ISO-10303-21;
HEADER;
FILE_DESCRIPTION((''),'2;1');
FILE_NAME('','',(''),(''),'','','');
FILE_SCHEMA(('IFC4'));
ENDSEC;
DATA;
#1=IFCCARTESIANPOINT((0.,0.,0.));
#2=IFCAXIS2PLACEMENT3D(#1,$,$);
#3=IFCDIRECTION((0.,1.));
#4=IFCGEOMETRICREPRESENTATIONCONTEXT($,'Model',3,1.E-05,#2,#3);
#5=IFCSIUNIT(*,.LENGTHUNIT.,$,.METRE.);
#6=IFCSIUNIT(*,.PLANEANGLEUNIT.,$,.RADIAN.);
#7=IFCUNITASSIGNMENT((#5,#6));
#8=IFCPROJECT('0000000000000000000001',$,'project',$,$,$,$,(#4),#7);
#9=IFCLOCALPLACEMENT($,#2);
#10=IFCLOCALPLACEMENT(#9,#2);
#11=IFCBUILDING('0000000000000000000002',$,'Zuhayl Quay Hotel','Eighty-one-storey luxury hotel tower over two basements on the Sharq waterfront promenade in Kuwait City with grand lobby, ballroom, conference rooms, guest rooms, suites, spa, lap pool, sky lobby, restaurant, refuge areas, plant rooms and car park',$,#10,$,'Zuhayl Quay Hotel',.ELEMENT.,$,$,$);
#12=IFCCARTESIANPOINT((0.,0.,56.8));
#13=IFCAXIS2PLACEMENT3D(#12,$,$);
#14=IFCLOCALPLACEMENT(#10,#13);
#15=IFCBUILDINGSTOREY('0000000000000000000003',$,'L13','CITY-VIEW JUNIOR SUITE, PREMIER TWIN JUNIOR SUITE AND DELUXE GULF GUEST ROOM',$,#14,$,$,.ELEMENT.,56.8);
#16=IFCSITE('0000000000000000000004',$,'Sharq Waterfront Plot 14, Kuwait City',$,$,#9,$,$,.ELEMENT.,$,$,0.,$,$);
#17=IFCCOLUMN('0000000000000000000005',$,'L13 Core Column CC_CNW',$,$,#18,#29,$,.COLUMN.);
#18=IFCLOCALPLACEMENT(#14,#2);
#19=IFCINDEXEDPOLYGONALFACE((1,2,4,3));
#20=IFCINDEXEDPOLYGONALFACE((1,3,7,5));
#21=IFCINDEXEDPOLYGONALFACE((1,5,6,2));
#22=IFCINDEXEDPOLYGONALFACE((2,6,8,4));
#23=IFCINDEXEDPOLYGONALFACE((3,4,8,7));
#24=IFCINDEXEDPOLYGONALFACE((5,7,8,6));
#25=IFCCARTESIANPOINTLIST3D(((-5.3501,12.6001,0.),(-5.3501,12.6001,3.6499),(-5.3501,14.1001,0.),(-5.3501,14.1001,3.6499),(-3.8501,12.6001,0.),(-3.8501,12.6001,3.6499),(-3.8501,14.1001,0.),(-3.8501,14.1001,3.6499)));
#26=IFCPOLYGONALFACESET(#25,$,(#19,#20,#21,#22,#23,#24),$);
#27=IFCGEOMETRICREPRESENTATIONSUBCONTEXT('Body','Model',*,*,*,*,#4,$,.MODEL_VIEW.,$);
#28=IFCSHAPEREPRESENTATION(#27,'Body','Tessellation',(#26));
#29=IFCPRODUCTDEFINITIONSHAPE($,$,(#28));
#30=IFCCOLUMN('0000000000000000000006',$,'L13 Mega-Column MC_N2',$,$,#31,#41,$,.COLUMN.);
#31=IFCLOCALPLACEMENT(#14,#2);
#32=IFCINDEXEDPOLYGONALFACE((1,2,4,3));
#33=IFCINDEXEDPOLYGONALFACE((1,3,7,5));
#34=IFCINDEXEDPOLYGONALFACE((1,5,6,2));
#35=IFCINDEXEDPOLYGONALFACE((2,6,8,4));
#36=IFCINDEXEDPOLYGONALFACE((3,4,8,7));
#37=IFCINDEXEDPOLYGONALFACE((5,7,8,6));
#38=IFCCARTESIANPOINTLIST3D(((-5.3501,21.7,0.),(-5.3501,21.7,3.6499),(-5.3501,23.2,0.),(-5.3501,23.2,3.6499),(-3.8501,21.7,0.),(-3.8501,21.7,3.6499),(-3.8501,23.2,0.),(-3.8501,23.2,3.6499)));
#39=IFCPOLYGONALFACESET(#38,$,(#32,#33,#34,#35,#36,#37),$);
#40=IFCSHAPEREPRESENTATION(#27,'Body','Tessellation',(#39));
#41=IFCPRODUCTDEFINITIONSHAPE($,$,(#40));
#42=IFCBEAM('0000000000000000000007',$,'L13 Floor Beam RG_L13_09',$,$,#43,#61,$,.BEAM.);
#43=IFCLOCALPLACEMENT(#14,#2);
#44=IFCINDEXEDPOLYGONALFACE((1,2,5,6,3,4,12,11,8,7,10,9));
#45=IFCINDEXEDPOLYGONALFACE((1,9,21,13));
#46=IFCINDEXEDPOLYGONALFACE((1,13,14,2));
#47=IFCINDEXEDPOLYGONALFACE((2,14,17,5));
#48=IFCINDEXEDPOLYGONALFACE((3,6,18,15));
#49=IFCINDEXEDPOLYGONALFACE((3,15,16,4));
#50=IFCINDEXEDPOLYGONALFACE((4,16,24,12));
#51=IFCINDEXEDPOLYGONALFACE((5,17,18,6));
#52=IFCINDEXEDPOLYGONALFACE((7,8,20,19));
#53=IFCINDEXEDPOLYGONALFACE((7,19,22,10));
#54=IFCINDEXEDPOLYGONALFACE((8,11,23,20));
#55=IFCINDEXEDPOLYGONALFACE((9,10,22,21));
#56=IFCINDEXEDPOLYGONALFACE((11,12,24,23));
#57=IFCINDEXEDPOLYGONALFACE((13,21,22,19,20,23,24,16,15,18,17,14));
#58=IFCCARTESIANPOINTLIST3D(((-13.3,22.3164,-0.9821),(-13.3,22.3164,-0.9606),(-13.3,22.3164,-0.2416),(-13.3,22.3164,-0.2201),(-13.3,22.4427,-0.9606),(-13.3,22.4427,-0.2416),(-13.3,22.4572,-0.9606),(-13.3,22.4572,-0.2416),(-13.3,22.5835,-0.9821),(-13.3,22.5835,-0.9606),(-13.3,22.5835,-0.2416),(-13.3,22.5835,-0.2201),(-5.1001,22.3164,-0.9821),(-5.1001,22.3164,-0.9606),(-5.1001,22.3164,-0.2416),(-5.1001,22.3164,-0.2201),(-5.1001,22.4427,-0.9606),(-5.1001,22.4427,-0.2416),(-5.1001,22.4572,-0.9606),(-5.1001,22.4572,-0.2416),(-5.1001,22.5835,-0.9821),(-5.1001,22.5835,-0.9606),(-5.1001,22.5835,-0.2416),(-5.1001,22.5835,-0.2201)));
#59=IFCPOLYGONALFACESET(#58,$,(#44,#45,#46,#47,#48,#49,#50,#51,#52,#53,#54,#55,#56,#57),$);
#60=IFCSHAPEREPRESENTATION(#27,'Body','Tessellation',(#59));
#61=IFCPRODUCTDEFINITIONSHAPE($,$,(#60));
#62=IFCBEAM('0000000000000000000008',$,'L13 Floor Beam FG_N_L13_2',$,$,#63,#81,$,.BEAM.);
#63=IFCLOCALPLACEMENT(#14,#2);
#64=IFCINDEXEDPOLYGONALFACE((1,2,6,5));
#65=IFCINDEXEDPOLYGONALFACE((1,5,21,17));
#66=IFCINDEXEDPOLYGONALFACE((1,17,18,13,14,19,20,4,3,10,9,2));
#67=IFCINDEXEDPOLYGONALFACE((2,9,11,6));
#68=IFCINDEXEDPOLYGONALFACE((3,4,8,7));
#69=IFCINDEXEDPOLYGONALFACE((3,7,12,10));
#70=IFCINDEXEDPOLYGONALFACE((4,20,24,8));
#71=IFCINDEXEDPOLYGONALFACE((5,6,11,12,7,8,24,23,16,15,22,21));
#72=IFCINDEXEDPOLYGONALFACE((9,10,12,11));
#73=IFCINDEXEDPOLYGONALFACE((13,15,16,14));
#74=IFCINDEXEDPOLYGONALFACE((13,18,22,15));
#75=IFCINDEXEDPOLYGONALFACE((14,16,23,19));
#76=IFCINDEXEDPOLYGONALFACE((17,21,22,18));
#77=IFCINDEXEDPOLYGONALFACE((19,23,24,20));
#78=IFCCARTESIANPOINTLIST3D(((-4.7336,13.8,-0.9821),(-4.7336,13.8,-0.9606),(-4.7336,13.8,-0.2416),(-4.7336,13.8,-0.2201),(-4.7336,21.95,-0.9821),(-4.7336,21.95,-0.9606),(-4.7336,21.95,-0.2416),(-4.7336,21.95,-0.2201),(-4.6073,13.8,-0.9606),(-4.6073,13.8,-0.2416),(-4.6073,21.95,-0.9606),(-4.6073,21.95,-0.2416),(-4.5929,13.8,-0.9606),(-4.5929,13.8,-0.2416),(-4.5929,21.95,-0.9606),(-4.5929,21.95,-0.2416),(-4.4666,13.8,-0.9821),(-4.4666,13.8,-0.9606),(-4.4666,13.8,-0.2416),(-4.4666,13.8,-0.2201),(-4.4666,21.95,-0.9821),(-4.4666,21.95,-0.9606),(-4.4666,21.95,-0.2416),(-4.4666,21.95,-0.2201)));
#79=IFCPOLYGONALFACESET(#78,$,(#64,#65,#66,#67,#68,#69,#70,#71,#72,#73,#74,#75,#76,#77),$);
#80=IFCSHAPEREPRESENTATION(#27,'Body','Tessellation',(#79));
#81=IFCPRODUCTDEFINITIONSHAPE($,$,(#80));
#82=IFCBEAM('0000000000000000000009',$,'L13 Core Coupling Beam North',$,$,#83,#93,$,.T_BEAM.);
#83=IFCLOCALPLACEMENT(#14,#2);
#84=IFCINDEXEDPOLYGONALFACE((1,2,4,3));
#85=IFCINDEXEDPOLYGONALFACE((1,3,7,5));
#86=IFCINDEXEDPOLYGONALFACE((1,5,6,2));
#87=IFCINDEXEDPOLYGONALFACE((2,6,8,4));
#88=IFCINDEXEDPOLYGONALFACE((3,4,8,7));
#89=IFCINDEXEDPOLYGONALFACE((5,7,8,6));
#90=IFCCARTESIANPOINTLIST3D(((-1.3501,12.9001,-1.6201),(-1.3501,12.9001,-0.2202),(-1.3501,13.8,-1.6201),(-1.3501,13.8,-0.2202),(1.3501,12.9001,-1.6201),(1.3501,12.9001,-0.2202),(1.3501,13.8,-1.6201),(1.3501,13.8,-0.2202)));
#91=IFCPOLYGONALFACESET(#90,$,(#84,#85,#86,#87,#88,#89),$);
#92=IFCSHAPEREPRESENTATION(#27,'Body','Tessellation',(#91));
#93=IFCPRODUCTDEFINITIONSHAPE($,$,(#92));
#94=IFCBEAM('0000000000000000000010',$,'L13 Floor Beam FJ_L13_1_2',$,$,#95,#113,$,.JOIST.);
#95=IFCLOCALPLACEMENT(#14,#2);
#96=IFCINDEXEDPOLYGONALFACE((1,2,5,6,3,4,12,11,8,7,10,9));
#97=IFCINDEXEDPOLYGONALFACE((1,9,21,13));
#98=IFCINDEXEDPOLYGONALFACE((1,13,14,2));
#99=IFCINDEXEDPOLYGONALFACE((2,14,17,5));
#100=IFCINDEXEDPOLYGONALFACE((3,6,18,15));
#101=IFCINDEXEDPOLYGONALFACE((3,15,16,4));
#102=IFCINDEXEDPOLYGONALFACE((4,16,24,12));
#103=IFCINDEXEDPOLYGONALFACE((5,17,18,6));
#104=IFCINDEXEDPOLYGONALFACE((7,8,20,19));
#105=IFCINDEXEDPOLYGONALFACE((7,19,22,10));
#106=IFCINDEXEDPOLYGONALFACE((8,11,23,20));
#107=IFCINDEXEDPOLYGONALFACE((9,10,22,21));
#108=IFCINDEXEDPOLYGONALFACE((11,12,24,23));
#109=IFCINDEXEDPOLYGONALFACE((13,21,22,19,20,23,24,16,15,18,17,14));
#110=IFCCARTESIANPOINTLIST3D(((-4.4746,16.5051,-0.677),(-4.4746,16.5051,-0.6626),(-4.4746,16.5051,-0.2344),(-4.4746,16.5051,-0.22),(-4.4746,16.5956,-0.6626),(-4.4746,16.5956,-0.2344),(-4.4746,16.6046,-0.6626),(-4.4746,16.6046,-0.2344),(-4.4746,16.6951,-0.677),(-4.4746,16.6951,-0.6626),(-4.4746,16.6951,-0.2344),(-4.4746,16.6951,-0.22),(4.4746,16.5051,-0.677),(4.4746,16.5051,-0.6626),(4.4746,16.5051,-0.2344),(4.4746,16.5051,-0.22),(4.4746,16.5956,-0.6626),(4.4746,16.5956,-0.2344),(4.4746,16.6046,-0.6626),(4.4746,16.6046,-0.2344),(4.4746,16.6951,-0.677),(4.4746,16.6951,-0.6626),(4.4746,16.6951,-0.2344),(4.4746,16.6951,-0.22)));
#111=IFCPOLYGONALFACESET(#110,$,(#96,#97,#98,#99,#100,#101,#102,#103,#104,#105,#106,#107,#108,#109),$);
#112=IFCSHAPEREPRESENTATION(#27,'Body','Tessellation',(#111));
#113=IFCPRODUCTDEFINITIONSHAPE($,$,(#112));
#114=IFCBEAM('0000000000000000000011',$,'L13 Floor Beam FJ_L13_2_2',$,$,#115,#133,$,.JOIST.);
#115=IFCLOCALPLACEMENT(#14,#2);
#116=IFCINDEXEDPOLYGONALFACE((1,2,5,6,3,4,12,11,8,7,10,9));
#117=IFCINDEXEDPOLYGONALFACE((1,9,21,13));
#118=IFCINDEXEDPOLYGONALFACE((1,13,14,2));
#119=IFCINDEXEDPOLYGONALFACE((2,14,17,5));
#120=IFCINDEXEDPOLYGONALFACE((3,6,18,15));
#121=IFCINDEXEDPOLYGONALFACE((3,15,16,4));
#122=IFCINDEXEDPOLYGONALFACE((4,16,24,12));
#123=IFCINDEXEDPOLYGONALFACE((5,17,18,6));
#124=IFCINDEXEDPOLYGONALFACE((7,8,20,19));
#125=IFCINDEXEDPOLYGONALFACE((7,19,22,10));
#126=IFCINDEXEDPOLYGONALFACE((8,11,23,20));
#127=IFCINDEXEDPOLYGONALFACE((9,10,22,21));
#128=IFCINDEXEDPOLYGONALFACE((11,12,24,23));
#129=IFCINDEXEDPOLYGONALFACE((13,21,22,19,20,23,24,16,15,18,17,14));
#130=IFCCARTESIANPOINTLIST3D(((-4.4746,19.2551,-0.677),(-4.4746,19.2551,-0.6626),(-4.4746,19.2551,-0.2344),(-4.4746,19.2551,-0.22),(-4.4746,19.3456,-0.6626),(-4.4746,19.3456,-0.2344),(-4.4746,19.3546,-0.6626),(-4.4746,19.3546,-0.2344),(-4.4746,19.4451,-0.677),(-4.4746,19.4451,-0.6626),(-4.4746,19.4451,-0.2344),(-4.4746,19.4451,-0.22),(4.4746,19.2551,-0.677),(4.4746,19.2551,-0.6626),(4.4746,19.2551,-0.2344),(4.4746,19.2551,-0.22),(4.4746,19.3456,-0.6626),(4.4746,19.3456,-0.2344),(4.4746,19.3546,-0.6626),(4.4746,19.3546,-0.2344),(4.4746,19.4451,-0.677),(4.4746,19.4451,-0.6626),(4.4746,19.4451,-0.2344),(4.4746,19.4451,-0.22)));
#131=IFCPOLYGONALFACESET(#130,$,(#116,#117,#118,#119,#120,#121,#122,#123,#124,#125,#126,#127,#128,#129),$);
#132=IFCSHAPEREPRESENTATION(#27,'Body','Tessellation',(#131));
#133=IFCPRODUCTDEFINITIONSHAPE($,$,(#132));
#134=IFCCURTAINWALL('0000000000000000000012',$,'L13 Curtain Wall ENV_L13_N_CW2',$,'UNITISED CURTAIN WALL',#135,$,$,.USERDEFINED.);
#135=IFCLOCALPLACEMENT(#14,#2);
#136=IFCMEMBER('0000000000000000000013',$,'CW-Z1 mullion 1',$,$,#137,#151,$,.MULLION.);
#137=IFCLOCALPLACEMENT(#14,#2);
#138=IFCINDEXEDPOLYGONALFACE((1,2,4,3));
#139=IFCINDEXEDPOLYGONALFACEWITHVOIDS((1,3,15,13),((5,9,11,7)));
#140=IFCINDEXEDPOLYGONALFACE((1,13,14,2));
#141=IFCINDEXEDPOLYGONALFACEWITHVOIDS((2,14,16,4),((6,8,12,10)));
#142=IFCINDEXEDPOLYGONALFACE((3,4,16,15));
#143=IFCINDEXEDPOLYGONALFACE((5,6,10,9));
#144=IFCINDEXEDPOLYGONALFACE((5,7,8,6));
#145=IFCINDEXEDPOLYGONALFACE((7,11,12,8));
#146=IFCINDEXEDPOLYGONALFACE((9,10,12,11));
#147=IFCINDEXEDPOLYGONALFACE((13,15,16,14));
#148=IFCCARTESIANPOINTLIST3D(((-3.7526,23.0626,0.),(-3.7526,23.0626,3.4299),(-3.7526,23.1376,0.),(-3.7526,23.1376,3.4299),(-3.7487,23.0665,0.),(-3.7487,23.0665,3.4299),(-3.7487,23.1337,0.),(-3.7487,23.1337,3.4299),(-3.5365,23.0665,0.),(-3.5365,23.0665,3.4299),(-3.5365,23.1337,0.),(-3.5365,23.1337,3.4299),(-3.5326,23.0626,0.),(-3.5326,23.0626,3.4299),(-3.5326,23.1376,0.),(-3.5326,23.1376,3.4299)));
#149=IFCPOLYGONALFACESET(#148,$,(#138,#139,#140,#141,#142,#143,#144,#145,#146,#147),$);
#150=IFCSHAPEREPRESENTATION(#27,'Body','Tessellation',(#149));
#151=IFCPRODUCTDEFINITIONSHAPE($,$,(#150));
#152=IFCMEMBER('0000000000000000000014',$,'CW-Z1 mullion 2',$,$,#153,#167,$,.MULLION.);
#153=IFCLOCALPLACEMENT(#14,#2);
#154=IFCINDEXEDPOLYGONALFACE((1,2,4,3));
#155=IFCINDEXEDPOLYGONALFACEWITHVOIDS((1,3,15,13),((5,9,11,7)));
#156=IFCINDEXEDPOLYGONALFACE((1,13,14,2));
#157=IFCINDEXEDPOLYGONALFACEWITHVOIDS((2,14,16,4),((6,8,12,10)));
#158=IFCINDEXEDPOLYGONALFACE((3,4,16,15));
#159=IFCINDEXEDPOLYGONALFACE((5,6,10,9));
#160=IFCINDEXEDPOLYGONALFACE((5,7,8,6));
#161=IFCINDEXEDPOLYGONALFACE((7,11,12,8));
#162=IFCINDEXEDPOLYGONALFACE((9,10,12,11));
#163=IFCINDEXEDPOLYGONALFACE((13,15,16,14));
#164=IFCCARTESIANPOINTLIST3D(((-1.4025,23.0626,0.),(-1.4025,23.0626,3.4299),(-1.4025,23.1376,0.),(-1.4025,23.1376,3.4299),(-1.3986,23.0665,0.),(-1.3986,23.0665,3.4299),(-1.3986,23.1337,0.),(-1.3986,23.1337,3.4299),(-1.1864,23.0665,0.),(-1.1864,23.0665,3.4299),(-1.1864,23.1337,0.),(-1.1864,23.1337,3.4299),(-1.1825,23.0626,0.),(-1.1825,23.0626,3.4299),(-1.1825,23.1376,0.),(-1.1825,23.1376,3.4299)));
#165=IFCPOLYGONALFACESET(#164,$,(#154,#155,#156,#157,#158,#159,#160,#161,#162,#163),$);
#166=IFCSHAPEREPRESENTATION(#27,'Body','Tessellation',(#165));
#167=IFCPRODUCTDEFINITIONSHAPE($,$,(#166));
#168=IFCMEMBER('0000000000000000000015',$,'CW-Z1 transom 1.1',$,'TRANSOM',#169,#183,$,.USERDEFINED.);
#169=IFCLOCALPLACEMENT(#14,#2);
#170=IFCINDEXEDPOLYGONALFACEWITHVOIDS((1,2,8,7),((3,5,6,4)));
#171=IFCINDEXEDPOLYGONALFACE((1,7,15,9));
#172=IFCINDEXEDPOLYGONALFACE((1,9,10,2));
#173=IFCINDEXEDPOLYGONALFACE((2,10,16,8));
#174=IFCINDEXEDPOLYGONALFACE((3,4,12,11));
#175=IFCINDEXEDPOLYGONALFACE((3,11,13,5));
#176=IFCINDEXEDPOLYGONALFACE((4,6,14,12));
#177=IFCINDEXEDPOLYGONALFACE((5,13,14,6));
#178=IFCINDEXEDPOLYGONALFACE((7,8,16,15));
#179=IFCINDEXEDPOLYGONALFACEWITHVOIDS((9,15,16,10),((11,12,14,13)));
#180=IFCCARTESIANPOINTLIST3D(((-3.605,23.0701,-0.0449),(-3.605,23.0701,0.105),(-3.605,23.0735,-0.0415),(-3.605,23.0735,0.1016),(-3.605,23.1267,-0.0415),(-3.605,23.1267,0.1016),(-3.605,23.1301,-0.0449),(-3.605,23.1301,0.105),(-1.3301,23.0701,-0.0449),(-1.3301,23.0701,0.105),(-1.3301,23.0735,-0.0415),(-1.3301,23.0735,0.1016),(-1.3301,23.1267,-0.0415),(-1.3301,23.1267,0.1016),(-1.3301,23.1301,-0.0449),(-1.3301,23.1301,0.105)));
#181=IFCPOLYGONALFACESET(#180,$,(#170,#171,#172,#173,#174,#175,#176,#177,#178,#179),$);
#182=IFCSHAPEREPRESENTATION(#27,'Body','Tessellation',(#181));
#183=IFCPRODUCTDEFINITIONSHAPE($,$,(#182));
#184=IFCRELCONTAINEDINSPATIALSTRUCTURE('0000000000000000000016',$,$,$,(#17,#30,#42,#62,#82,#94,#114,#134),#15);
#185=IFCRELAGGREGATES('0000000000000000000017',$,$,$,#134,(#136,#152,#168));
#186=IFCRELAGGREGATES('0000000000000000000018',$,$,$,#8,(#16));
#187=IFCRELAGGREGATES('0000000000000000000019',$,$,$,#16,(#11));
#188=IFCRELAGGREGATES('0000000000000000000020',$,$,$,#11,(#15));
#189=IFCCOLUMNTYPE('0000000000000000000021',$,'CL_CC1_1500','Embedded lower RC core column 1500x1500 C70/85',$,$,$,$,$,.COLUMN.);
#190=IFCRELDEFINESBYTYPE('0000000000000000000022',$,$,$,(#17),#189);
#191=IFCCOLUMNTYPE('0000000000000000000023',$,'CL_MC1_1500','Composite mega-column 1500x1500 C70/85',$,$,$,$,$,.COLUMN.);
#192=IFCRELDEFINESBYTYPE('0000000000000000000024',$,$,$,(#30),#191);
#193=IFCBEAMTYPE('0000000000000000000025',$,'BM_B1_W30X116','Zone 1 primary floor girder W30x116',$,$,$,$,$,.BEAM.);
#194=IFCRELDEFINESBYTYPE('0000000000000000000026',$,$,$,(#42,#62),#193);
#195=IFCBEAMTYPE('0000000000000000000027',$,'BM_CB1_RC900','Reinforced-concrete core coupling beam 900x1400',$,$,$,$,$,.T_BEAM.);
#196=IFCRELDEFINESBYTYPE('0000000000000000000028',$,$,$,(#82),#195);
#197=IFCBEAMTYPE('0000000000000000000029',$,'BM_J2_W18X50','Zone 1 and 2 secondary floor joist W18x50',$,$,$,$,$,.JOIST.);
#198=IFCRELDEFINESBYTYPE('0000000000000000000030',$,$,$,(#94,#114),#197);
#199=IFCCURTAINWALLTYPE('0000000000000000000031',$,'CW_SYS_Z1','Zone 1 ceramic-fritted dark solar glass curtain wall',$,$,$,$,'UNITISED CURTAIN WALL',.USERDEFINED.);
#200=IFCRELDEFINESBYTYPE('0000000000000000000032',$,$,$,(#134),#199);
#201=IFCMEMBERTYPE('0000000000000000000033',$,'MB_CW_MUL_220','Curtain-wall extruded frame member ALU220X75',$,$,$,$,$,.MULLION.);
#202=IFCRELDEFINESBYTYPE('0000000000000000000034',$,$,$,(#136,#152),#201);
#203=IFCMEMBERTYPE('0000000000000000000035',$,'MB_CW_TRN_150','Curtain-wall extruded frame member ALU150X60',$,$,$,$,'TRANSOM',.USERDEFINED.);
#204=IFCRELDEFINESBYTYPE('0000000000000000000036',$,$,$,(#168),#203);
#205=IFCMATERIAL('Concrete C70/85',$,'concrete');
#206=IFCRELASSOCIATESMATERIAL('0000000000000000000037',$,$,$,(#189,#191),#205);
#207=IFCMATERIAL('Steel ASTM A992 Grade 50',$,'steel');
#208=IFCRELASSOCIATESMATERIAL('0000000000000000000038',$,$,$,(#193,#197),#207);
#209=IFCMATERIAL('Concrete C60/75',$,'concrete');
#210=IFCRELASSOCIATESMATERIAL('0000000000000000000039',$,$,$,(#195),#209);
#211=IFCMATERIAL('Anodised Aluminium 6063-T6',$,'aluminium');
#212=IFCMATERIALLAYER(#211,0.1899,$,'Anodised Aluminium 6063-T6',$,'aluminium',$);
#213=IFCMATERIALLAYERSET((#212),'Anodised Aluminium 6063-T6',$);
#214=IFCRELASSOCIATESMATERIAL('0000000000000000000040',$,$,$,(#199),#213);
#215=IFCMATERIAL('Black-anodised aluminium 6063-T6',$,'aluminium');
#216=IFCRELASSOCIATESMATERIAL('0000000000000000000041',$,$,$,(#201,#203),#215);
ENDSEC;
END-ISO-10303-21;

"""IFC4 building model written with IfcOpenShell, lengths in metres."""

from ifc_helpers import new_model, si_unit, direction, frame, origin, origin_2d, place, context, subcontext, project, spatial, rectangle, hollow_rectangle, i_section, extrude, material, layer, layer_set, material_profile, profile_set, type_object, element, aggregate, save


model = new_model("IFC4")

# Units and contexts
model_context = context("Model", 3, precision=1e-05, world=origin(), true_north=direction((0.0, 1.0)))
body_context = subcontext(model_context, "Body", "Model", "MODEL_VIEW")
ifc_project = project(units=[si_unit("LENGTHUNIT", "METRE"), si_unit("PLANEANGLEUNIT", "RADIAN")], contexts=[model_context])

# Site, building, storey
site_placement = place(None, origin())
site = spatial("IfcSite", under=ifc_project, at=site_placement, Name="Sharq Waterfront Plot 14, Kuwait City", CompositionType="ELEMENT", RefElevation=0.0)
building_placement = place(site_placement, origin())
building = spatial("IfcBuilding", under=site, at=building_placement, Name="Zuhayl Quay Hotel", Description="Eighty-one-storey luxury hotel tower over two basements on the Sharq waterfront promenade in Kuwait City with grand lobby, ballroom, conference rooms, guest rooms, suites, spa, lap pool, sky lobby, restaurant, refuge areas, plant rooms and car park", LongName="Zuhayl Quay Hotel", CompositionType="ELEMENT")
storey_placement = place(building_placement, frame((0.0, 0.0, 56.8)))
storey = spatial("IfcBuildingStorey", under=building, at=storey_placement, Name="L13", Description="CITY-VIEW JUNIOR SUITE, PREMIER TWIN JUNIOR SUITE AND DELUXE GULF GUEST ROOM", CompositionType="ELEMENT", Elevation=56.8)

# Columns
ifc_material_1 = material(Name="Concrete C70/85", Category="concrete")
ifc_material_profile_1 = material_profile(ifc_material_1, rectangle(XDim=1.5, YDim=1.5, at=origin_2d()), Name="RC1500X1500")
ifc_profile_set_1 = profile_set([ifc_material_profile_1], Name="Concrete C70/85")
column_type_1 = type_object("IfcColumnType", Name="CL_CC1_1500", Description="Embedded lower RC core column 1500x1500 C70/85", PredefinedType="COLUMN", material=ifc_profile_set_1)
column_1_placement = place(storey_placement, frame((-4.6001, 13.3501, 0.0), z_axis=(0.0, 0.0, 1.0), x_axis=(1.0, 0.0, 0.0)))
element("IfcColumn", 1, at=column_1_placement, inside=storey, type_object=column_type_1, Name="L13 Core Column CC_CNW", PredefinedType="COLUMN", context=body_context, shape_type="SweptSolid", body=[
    extrude(rectangle(XDim=1.5, YDim=1.5, at=origin_2d()), origin(), (0.0, 0.0, 1.0), 3.6499),
])
ifc_material_profile_2 = material_profile(ifc_material_1, rectangle(XDim=1.5, YDim=1.5, at=origin_2d()), Name="RC1500X1500")
ifc_profile_set_2 = profile_set([ifc_material_profile_2], Name="Concrete C70/85")
column_type_2 = type_object("IfcColumnType", Name="CL_MC1_1500", Description="Composite mega-column 1500x1500 C70/85", PredefinedType="COLUMN", material=ifc_profile_set_2)
column_2_placement = place(storey_placement, frame((-4.6001, 22.45, 0.0), z_axis=(0.0, 0.0, 1.0), x_axis=(1.0, 0.0, 0.0)))
element("IfcColumn", 2, at=column_2_placement, inside=storey, type_object=column_type_2, Name="L13 Mega-Column MC_N2", PredefinedType="COLUMN", context=body_context, shape_type="SweptSolid", body=[
    extrude(rectangle(XDim=1.5, YDim=1.5, at=origin_2d()), origin(), (0.0, 0.0, 1.0), 3.6499),
])

# Beams
ifc_material_2 = material(Name="Steel ASTM A992 Grade 50", Category="steel")
ifc_material_profile_3 = material_profile(ifc_material_2, i_section(OverallWidth=0.2671, OverallDepth=0.762, WebThickness=0.0144, FlangeThickness=0.0215, at=origin_2d()), Name="W30X116")
ifc_profile_set_3 = profile_set([ifc_material_profile_3], Name="Steel ASTM A992 Grade 50")
beam_type_1 = type_object("IfcBeamType", Name="BM_B1_W30X116", Description="Zone 1 primary floor girder W30x116", PredefinedType="BEAM", material=ifc_profile_set_3)
beam_1_placement = place(storey_placement, frame((-5.1001, 22.45, -0.6011), z_axis=(-1.0, 0.0, 0.0), x_axis=(0.0, -1.0, 0.0)))
element("IfcBeam", 3, at=beam_1_placement, inside=storey, type_object=beam_type_1, Name="L13 Floor Beam RG_L13_09", PredefinedType="BEAM", context=body_context, shape_type="SweptSolid", body=[
    extrude(i_section(OverallWidth=0.2671, OverallDepth=0.762, WebThickness=0.0144, FlangeThickness=0.0215, at=origin_2d()), origin(), (0.0, 0.0, 1.0), 8.2),
])
beam_2_placement = place(storey_placement, frame((-4.6001, 13.8, -0.6011), z_axis=(0.0, 1.0, 0.0), x_axis=(-1.0, 0.0, 0.0)))
element("IfcBeam", 4, at=beam_2_placement, inside=storey, type_object=beam_type_1, Name="L13 Floor Beam FG_N_L13_2", PredefinedType="BEAM", context=body_context, shape_type="SweptSolid", body=[
    extrude(i_section(OverallWidth=0.2671, OverallDepth=0.762, WebThickness=0.0144, FlangeThickness=0.0215, at=origin_2d()), origin(), (0.0, 0.0, 1.0), 8.1499),
])
ifc_material_3 = material(Name="Concrete C60/75", Category="concrete")
ifc_material_profile_4 = material_profile(ifc_material_3, rectangle(XDim=0.8999, YDim=1.3999, at=origin_2d()), Name="RC900X1400")
ifc_profile_set_4 = profile_set([ifc_material_profile_4], Name="Concrete C60/75")
beam_type_2 = type_object("IfcBeamType", Name="BM_CB1_RC900", Description="Reinforced-concrete core coupling beam 900x1400", PredefinedType="T_BEAM", material=ifc_profile_set_4)
beam_3_placement = place(storey_placement, frame((-1.3501, 13.3501, -0.9202), z_axis=(1.0, 0.0, 0.0), x_axis=(0.0, 1.0, 0.0)))
element("IfcBeam", 5, at=beam_3_placement, inside=storey, type_object=beam_type_2, Name="L13 Core Coupling Beam North", PredefinedType="T_BEAM", context=body_context, shape_type="SweptSolid", body=[
    extrude(rectangle(XDim=0.8999, YDim=1.3999, at=origin_2d()), origin(), (0.0, 0.0, 1.0), 2.7002),
])
ifc_material_profile_5 = material_profile(ifc_material_2, i_section(OverallWidth=0.1899, OverallDepth=0.457, WebThickness=0.009, FlangeThickness=0.0144, at=origin_2d()), Name="W18X50")
ifc_profile_set_5 = profile_set([ifc_material_profile_5], Name="Steel ASTM A992 Grade 50")
beam_type_3 = type_object("IfcBeamType", Name="BM_J2_W18X50", Description="Zone 1 and 2 secondary floor joist W18x50", PredefinedType="JOIST", material=ifc_profile_set_5)
for number, where, z_axis, x_axis, name in (
    (6, (-4.4746, 16.6001, -0.4485), (1.0, 0.0, 0.0), (0.0, 1.0, 0.0), "L13 Floor Beam FJ_L13_1_2"),
    (7, (-4.4746, 19.3501, -0.4485), (1.0, 0.0, 0.0), (0.0, 1.0, 0.0), "L13 Floor Beam FJ_L13_2_2"),
):
    element("IfcBeam", number, at=place(storey_placement, frame(where, z_axis=z_axis, x_axis=x_axis)), inside=storey, type_object=beam_type_3, Name=name, PredefinedType="JOIST", context=body_context, shape_type="SweptSolid", body=[
        extrude(i_section(OverallWidth=0.1899, OverallDepth=0.457, WebThickness=0.009, FlangeThickness=0.0144, at=origin_2d()), origin(), (0.0, 0.0, 1.0), 8.9492),
    ])

# Curtain wall, members
ifc_material_4 = material(Name="Anodised Aluminium 6063-T6", Category="aluminium")
ifc_layer_1 = layer(ifc_material_4, 0.1899, Name="Anodised Aluminium 6063-T6", Category="aluminium")
ifc_layer_set_1 = layer_set([ifc_layer_1], Name="Anodised Aluminium 6063-T6")
curtain_wall_type = type_object("IfcCurtainWallType", Name="CW_SYS_Z1", Description="Zone 1 ceramic-fritted dark solar glass curtain wall", ElementType="UNITISED CURTAIN WALL", PredefinedType="USERDEFINED", material=ifc_layer_set_1)
curtain_wall_placement = place(storey_placement, origin())
curtain_wall = element("IfcCurtainWall", 8, at=curtain_wall_placement, inside=storey, type_object=curtain_wall_type, Name="L13 Curtain Wall ENV_L13_N_CW2", ObjectType="UNITISED CURTAIN WALL", PredefinedType="USERDEFINED")
ifc_material_5 = material(Name="Black-anodised aluminium 6063-T6", Category="aluminium")
ifc_material_profile_6 = material_profile(ifc_material_5, hollow_rectangle(XDim=0.075, YDim=0.22, WallThickness=0.0039, at=origin_2d()), Name="ALU220X75")
ifc_profile_set_6 = profile_set([ifc_material_profile_6], Name="Black-anodised aluminium 6063-T6")
member_type_1 = type_object("IfcMemberType", Name="MB_CW_MUL_220", Description="Curtain-wall extruded frame member ALU220X75", PredefinedType="MULLION", material=ifc_profile_set_6)
member_1_placement = place(storey_placement, frame((-3.6426, 23.1001, 0.0), z_axis=(0.0, 0.0, 1.0), x_axis=(0.0, 1.0, 0.0)))
member_1 = element("IfcMember", 9, at=member_1_placement, type_object=member_type_1, Name="CW-Z1 mullion 1", PredefinedType="MULLION", context=body_context, shape_type="SweptSolid", body=[
    extrude(hollow_rectangle(XDim=0.075, YDim=0.22, WallThickness=0.0039, at=origin_2d()), origin(), (0.0, 0.0, 1.0), 3.4299),
])
member_2_placement = place(storey_placement, frame((-1.2925, 23.1001, 0.0), z_axis=(0.0, 0.0, 1.0), x_axis=(0.0, 1.0, 0.0)))
member_2 = element("IfcMember", 10, at=member_2_placement, type_object=member_type_1, Name="CW-Z1 mullion 2", PredefinedType="MULLION", context=body_context, shape_type="SweptSolid", body=[
    extrude(hollow_rectangle(XDim=0.075, YDim=0.22, WallThickness=0.0039, at=origin_2d()), origin(), (0.0, 0.0, 1.0), 3.4299),
])
ifc_material_profile_7 = material_profile(ifc_material_5, hollow_rectangle(XDim=0.0601, YDim=0.1499, WallThickness=0.0034, at=origin_2d()), Name="ALU150X60")
ifc_profile_set_7 = profile_set([ifc_material_profile_7], Name="Black-anodised aluminium 6063-T6")
member_type_2 = type_object("IfcMemberType", Name="MB_CW_TRN_150", Description="Curtain-wall extruded frame member ALU150X60", ElementType="TRANSOM", PredefinedType="USERDEFINED", material=ifc_profile_set_7)
member_3_placement = place(storey_placement, frame((-3.605, 23.1001, 0.03), z_axis=(1.0, 0.0, 0.0), x_axis=(0.0, 1.0, 0.0)))
member_3 = element("IfcMember", 11, at=member_3_placement, type_object=member_type_2, Name="CW-Z1 transom 1.1", ObjectType="TRANSOM", PredefinedType="USERDEFINED", context=body_context, shape_type="SweptSolid", body=[
    extrude(hollow_rectangle(XDim=0.0601, YDim=0.1499, WallThickness=0.0034, at=origin_2d()), origin(), (0.0, 0.0, 1.0), 2.2749),
])
aggregate(curtain_wall, [member_1, member_2, member_3])

save(model, "model.ifc")
